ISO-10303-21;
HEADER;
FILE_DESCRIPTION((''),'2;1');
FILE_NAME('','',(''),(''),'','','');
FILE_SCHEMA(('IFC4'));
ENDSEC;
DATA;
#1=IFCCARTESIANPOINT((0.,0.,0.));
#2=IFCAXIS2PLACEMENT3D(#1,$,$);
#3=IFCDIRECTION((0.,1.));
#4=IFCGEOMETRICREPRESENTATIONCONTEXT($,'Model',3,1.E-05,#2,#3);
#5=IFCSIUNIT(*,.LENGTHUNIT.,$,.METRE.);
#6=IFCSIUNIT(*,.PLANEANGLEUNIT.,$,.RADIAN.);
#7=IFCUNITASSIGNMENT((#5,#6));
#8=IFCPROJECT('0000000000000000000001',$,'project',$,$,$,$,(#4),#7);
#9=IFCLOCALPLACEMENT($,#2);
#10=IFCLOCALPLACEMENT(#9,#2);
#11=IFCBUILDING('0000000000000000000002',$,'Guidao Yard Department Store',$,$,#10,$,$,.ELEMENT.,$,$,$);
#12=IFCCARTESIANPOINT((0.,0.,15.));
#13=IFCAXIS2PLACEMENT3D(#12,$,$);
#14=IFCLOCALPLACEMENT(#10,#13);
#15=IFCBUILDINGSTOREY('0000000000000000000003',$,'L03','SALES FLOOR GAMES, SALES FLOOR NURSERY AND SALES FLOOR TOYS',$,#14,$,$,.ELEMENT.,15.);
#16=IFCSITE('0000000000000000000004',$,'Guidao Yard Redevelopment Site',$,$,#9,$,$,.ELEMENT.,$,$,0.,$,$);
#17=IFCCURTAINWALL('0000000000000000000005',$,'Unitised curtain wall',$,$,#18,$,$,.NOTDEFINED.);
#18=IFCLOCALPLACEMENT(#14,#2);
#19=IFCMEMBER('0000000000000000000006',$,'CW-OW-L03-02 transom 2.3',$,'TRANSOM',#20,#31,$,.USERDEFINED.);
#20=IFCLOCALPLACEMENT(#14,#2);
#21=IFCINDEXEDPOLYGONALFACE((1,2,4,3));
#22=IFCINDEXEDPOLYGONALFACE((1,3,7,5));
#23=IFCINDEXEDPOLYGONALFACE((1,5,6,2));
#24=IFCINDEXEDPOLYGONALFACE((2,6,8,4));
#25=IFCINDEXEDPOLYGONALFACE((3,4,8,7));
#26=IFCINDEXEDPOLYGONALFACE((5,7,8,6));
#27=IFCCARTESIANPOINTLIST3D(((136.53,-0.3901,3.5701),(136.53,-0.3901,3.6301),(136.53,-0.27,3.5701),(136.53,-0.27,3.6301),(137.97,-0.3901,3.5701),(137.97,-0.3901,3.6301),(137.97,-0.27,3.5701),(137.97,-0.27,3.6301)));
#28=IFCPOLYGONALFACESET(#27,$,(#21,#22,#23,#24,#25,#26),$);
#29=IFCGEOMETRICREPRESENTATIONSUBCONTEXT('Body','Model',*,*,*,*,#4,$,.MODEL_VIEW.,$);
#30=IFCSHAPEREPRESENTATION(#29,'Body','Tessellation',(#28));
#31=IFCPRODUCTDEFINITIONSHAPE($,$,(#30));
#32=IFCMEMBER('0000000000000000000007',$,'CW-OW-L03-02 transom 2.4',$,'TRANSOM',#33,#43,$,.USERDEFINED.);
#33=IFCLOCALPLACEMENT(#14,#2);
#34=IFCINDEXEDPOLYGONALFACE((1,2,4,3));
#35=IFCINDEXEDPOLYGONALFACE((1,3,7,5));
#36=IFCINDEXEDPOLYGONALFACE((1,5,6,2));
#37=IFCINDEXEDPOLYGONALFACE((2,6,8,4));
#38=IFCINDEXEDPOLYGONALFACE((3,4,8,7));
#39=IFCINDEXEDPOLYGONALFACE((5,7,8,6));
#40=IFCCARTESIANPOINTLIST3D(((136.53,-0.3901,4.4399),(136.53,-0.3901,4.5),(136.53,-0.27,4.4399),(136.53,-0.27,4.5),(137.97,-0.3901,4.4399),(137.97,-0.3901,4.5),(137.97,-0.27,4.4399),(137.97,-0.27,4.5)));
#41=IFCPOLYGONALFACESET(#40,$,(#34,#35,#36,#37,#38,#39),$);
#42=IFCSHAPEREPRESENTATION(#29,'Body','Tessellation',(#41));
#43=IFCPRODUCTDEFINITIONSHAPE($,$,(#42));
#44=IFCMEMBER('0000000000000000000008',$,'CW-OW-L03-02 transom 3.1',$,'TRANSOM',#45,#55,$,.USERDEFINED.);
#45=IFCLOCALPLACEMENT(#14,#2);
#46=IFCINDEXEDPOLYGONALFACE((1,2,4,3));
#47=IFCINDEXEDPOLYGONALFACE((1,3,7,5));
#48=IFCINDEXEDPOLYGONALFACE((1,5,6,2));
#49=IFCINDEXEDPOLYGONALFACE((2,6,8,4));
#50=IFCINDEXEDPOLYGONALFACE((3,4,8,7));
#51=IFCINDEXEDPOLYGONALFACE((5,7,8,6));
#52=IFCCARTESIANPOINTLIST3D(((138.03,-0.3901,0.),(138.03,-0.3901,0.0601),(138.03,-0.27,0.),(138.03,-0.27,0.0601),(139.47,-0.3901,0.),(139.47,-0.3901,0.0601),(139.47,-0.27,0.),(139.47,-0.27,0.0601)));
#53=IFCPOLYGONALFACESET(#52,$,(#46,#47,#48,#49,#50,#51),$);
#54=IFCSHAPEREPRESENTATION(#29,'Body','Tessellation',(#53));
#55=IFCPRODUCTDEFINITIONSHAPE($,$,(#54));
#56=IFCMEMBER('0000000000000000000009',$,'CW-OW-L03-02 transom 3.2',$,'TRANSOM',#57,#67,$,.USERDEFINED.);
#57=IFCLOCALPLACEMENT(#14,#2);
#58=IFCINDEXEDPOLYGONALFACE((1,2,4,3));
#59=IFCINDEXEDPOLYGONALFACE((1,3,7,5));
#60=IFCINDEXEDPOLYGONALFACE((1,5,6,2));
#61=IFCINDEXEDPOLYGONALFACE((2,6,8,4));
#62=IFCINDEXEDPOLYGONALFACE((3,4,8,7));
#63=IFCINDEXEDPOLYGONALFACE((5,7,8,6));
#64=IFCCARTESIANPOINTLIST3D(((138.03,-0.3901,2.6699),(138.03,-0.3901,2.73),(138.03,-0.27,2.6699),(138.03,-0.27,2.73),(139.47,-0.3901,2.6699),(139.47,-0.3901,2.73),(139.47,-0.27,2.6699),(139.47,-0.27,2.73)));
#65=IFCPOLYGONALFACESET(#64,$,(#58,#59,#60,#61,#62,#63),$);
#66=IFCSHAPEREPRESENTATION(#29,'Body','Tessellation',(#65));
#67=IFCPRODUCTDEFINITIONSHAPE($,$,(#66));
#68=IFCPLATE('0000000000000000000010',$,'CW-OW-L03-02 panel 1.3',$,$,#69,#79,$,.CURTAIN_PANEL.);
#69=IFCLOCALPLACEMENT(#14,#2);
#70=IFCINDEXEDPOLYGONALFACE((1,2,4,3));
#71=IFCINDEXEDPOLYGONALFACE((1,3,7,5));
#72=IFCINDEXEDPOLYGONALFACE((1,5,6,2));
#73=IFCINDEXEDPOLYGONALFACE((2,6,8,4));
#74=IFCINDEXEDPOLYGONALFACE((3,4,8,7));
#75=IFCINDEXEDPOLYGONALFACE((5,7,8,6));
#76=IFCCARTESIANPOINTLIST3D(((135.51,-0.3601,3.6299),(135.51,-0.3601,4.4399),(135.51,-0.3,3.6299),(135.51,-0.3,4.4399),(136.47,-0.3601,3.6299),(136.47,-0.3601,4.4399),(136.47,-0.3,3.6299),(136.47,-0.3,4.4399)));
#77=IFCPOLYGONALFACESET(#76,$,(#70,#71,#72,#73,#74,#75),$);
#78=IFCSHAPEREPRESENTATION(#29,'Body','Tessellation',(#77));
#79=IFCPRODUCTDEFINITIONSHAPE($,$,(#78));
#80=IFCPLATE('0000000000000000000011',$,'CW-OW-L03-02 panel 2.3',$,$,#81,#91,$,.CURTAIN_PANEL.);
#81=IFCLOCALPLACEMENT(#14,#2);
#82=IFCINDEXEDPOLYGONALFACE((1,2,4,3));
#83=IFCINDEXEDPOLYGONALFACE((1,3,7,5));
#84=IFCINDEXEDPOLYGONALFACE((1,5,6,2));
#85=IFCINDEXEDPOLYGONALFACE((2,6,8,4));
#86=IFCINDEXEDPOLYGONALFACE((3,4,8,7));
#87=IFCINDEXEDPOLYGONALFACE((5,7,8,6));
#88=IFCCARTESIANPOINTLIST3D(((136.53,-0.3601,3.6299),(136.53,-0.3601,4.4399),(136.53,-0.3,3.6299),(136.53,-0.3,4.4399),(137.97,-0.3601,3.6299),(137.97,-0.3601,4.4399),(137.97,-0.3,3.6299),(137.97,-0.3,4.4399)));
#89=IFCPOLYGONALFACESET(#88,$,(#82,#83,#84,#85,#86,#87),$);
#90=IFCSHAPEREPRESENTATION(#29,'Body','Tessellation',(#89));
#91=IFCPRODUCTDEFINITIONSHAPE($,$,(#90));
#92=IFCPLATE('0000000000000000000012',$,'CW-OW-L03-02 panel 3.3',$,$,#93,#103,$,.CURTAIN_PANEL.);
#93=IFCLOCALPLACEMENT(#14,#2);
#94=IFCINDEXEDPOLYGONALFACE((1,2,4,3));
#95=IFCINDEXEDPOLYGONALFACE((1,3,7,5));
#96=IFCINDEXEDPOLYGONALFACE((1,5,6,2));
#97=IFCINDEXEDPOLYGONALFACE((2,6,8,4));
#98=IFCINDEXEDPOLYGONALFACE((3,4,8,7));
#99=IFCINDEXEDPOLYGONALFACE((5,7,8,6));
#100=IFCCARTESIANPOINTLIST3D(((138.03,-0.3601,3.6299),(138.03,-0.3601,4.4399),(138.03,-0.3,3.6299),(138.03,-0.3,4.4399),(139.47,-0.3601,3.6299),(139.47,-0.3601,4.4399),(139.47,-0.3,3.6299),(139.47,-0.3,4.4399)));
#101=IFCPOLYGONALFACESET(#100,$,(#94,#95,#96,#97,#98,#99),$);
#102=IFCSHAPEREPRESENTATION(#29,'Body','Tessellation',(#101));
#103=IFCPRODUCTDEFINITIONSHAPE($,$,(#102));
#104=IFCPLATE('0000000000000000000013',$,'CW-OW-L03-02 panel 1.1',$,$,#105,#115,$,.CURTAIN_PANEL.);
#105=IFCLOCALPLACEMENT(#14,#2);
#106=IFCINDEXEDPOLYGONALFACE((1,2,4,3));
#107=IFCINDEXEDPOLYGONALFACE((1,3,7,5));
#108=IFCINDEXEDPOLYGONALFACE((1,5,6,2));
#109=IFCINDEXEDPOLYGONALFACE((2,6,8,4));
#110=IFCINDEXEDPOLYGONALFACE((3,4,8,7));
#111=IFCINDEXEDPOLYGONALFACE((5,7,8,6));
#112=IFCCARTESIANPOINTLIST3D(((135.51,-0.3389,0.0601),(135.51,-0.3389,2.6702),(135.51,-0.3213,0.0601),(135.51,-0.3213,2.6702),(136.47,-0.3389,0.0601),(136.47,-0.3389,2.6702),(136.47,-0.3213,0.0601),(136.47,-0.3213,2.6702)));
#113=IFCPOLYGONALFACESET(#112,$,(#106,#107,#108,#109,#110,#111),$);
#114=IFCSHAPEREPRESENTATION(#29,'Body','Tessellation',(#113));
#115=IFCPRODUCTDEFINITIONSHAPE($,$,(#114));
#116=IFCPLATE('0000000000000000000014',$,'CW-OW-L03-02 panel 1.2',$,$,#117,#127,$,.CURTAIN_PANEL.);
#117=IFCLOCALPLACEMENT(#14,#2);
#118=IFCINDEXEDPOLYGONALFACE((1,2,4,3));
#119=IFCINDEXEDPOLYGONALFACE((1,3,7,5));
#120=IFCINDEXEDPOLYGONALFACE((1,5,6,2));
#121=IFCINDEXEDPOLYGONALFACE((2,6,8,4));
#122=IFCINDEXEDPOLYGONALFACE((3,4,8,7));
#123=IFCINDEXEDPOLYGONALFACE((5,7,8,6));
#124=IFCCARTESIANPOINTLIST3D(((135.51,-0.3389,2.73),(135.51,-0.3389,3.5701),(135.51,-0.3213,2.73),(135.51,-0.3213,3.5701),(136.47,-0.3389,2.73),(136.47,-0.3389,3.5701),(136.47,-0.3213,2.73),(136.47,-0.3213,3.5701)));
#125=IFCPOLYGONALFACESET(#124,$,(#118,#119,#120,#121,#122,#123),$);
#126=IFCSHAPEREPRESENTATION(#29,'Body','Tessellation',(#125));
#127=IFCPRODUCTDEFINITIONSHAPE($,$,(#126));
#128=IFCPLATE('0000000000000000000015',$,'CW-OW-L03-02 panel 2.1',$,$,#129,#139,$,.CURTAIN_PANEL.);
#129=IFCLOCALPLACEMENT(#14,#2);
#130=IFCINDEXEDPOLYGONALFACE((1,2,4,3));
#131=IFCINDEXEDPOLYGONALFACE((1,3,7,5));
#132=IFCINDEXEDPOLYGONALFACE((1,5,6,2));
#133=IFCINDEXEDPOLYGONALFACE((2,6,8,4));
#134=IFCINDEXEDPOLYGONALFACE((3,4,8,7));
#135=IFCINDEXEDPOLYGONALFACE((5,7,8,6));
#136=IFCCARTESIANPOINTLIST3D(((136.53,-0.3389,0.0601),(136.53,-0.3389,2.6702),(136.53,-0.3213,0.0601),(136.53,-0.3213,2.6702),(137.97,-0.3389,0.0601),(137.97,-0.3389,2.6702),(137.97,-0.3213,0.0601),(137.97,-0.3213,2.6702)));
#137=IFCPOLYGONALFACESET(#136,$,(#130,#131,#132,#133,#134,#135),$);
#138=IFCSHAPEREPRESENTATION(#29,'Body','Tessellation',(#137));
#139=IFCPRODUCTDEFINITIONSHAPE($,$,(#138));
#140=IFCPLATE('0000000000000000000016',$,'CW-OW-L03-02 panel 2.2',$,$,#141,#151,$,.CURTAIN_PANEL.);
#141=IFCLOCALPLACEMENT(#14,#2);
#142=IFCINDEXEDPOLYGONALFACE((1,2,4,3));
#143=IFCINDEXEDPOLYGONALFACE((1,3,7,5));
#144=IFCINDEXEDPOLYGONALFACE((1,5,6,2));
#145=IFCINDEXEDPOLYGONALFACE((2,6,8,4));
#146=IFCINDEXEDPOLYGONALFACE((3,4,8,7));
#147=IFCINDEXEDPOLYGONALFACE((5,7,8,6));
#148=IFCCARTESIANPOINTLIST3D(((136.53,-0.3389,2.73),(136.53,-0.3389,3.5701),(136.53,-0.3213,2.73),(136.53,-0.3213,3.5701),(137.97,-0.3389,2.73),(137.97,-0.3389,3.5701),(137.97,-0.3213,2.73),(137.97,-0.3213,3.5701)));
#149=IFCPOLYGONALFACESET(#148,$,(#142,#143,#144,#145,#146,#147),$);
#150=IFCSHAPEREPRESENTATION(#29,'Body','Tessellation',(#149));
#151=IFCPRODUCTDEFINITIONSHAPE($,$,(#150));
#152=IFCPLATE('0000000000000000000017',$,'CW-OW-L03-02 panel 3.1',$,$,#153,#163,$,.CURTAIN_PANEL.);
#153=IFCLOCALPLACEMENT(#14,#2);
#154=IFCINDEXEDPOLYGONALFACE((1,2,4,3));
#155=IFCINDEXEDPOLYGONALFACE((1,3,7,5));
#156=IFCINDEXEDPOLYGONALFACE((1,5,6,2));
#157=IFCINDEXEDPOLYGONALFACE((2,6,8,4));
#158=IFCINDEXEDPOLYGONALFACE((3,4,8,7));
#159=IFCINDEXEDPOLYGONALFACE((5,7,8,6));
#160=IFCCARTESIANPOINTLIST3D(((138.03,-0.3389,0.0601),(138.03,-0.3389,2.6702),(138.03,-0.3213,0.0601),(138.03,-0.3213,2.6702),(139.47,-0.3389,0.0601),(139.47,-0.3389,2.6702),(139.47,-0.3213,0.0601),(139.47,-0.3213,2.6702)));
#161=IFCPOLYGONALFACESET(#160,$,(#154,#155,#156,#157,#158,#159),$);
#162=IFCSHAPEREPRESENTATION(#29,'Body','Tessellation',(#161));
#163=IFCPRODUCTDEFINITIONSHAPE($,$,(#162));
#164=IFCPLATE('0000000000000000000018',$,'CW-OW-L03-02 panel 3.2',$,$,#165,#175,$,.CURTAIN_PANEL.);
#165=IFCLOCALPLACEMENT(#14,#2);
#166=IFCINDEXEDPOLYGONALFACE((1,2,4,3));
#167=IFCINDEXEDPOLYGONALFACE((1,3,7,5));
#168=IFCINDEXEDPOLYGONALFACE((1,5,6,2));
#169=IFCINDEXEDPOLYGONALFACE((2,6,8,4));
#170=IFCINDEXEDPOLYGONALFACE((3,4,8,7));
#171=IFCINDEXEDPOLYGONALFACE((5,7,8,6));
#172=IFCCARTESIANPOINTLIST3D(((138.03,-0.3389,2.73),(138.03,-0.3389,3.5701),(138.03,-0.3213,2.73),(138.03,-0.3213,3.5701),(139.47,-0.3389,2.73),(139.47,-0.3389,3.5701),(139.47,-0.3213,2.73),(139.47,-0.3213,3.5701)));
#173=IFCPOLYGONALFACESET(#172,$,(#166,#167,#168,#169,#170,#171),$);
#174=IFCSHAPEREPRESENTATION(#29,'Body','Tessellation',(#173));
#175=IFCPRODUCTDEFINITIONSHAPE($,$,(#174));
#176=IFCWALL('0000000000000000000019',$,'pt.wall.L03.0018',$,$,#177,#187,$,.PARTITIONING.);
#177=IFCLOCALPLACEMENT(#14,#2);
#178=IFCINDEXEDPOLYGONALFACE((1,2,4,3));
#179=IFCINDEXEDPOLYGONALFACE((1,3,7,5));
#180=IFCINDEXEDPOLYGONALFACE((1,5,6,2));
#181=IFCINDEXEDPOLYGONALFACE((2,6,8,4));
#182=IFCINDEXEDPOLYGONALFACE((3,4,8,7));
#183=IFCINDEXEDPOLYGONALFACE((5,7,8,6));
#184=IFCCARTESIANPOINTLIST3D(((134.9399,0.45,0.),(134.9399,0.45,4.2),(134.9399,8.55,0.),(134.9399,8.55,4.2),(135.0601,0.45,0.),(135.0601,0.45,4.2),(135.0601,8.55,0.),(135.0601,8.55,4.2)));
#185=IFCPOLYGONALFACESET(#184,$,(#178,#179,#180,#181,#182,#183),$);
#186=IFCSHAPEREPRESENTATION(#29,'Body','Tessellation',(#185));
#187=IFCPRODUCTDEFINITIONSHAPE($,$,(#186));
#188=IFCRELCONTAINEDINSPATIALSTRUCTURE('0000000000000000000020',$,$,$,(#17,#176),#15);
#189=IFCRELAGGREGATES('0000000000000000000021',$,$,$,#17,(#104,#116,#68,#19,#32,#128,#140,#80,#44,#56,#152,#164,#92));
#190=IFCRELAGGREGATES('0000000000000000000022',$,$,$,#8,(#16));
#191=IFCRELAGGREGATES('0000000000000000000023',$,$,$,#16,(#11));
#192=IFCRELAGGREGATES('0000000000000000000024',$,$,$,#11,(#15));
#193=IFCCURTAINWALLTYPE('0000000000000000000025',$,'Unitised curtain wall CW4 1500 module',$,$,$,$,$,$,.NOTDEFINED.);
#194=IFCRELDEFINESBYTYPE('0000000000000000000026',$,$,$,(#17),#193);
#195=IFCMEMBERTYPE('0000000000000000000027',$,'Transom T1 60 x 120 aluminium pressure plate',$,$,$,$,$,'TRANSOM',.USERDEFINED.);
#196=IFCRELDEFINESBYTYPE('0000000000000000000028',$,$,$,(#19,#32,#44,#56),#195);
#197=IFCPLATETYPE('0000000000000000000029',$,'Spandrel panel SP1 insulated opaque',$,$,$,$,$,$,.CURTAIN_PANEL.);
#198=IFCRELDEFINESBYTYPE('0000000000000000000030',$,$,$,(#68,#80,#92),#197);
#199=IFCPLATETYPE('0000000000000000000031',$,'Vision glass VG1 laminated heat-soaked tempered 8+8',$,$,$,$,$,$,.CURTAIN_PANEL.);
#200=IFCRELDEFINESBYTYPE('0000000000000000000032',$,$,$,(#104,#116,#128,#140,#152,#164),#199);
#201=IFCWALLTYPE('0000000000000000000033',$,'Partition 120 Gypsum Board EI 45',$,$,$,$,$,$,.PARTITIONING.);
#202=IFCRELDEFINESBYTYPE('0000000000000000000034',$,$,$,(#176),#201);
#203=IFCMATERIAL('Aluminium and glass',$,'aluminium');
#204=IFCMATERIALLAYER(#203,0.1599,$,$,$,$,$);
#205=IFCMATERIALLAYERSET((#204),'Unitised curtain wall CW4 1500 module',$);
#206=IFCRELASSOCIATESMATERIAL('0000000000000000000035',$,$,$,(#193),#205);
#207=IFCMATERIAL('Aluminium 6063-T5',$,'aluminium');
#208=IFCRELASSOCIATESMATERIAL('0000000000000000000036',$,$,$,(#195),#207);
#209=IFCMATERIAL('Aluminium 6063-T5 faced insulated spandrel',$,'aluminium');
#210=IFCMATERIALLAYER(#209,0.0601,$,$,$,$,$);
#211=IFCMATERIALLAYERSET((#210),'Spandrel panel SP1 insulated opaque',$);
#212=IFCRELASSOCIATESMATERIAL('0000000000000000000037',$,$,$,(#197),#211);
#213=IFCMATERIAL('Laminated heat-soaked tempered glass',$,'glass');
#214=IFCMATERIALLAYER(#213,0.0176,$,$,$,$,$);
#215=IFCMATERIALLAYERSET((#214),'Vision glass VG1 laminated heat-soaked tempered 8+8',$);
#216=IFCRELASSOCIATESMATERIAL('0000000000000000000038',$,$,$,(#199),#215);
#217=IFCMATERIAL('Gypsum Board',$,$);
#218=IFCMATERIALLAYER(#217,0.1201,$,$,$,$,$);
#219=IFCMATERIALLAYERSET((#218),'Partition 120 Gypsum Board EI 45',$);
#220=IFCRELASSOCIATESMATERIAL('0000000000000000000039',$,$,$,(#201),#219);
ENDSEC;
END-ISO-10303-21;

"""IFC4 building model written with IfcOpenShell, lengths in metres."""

from ifc_helpers import new_model, si_unit, direction, frame, frame_2d, origin, origin_2d, place, context, subcontext, project, spatial, rectangle, extrude, material, layer, layer_set, material_profile, profile_set, type_object, element, aggregate, save


model = new_model("IFC4")

# Units and contexts
model_context = context("Model", 3, precision=1e-05, world=origin(), true_north=direction((0.0, 1.0)))
body_context = subcontext(model_context, "Body", "Model", "MODEL_VIEW")
ifc_project = project(units=[si_unit("LENGTHUNIT", "METRE"), si_unit("PLANEANGLEUNIT", "RADIAN")], contexts=[model_context])

# Site, building, storey
site_placement = place(None, origin())
site = spatial("IfcSite", under=ifc_project, at=site_placement, Name="Guidao Yard Redevelopment Site", CompositionType="ELEMENT", RefElevation=0.0)
building_placement = place(site_placement, origin())
building = spatial("IfcBuilding", under=site, at=building_placement, Name="Guidao Yard Department Store", CompositionType="ELEMENT")
storey_placement = place(building_placement, frame((0.0, 0.0, 15.0)))
storey = spatial("IfcBuildingStorey", under=building, at=storey_placement, Name="L03", Description="SALES FLOOR GAMES, SALES FLOOR NURSERY AND SALES FLOOR TOYS", CompositionType="ELEMENT", Elevation=15.0)

# Shared definitions
ifc_material_1 = material(Name="Aluminium and glass", Category="aluminium")
ifc_layer_1 = layer(ifc_material_1, 0.1599)
ifc_layer_set_1 = layer_set([ifc_layer_1], Name="Unitised curtain wall CW4 1500 module")
curtain_wall_type = type_object("IfcCurtainWallType", Name="Unitised curtain wall CW4 1500 module", PredefinedType="NOTDEFINED", material=ifc_layer_set_1)

# Curtain wall
curtain_wall_1_placement = place(storey_placement, origin())
curtain_wall_1 = element("IfcCurtainWall", 1, at=curtain_wall_1_placement, inside=storey, type_object=curtain_wall_type, Name="Unitised curtain wall", PredefinedType="NOTDEFINED")

# Members
ifc_material_2 = material(Name="Aluminium 6063-T5", Category="aluminium")
ifc_material_profile_1 = material_profile(ifc_material_2, rectangle(XDim=0.1201, YDim=0.0601, at=origin_2d()), Name="Transom T1 60 x 120 aluminium pressure plate")
ifc_profile_set_1 = profile_set([ifc_material_profile_1], Name="Aluminium 6063-T5")
member_type_1 = type_object("IfcMemberType", Name="Transom T1 60 x 120 aluminium pressure plate", ElementType="TRANSOM", PredefinedType="USERDEFINED", material=ifc_profile_set_1)
member_1_placement = place(storey_placement, frame((137.97, -0.3301, 3.6001), z_axis=(-1.0, 0.0, 0.0), x_axis=(0.0, -1.0, 0.0)))
member_1 = element("IfcMember", 2, at=member_1_placement, type_object=member_type_1, Name="CW-OW-L03-02 transom 2.3", ObjectType="TRANSOM", PredefinedType="USERDEFINED", context=body_context, shape_type="SweptSolid", body=[
    extrude(rectangle(XDim=0.1201, YDim=0.0601, at=origin_2d()), origin(), (0.0, 0.0, 1.0), 1.4399),
])
member_2_placement = place(storey_placement, frame((137.97, -0.3301, 4.47), z_axis=(-1.0, 0.0, 0.0), x_axis=(0.0, -1.0, 0.0)))
member_2 = element("IfcMember", 3, at=member_2_placement, type_object=member_type_1, Name="CW-OW-L03-02 transom 2.4", ObjectType="TRANSOM", PredefinedType="USERDEFINED", context=body_context, shape_type="SweptSolid", body=[
    extrude(rectangle(XDim=0.1201, YDim=0.0601, at=origin_2d()), origin(), (0.0, 0.0, 1.0), 1.4399),
])
member_3_placement = place(storey_placement, frame((139.47, -0.3301, 0.03), z_axis=(-1.0, 0.0, 0.0), x_axis=(0.0, -1.0, 0.0)))
member_3 = element("IfcMember", 4, at=member_3_placement, type_object=member_type_1, Name="CW-OW-L03-02 transom 3.1", ObjectType="TRANSOM", PredefinedType="USERDEFINED", context=body_context, shape_type="SweptSolid", body=[
    extrude(rectangle(XDim=0.1201, YDim=0.0601, at=origin_2d()), origin(), (0.0, 0.0, 1.0), 1.4399),
])
member_4_placement = place(storey_placement, frame((139.47, -0.3301, 2.7), z_axis=(-1.0, 0.0, 0.0), x_axis=(0.0, -1.0, 0.0)))
member_4 = element("IfcMember", 5, at=member_4_placement, type_object=member_type_1, Name="CW-OW-L03-02 transom 3.2", ObjectType="TRANSOM", PredefinedType="USERDEFINED", context=body_context, shape_type="SweptSolid", body=[
    extrude(rectangle(XDim=0.1201, YDim=0.0601, at=origin_2d()), origin(), (0.0, 0.0, 1.0), 1.4399),
])

# Plates
ifc_material_3 = material(Name="Aluminium 6063-T5 faced insulated spandrel", Category="aluminium")
ifc_layer_2 = layer(ifc_material_3, 0.0601)
ifc_layer_set_2 = layer_set([ifc_layer_2], Name="Spandrel panel SP1 insulated opaque")
plate_type_1 = type_object("IfcPlateType", Name="Spandrel panel SP1 insulated opaque", PredefinedType="CURTAIN_PANEL", material=ifc_layer_set_2)
plate_1_placement = place(storey_placement, frame((135.99, -0.3301, 3.6299), z_axis=(0.0, 0.0, 1.0), x_axis=(-1.0, 0.0, 0.0)))
plate_1 = element("IfcPlate", 6, at=plate_1_placement, type_object=plate_type_1, Name="CW-OW-L03-02 panel 1.3", PredefinedType="CURTAIN_PANEL", context=body_context, shape_type="SweptSolid", body=[
    extrude(rectangle(XDim=0.96, YDim=0.0601, at=origin_2d()), origin(), (0.0, 0.0, 1.0), 0.8101),
])
plate_2_placement = place(storey_placement, frame((137.25, -0.3301, 3.6299), z_axis=(0.0, 0.0, 1.0), x_axis=(-1.0, 0.0, 0.0)))
plate_2 = element("IfcPlate", 7, at=plate_2_placement, type_object=plate_type_1, Name="CW-OW-L03-02 panel 2.3", PredefinedType="CURTAIN_PANEL", context=body_context, shape_type="SweptSolid", body=[
    extrude(rectangle(XDim=1.4399, YDim=0.0601, at=origin_2d()), origin(), (0.0, 0.0, 1.0), 0.8101),
])
plate_3_placement = place(storey_placement, frame((138.75, -0.3301, 3.6299), z_axis=(0.0, 0.0, 1.0), x_axis=(-1.0, 0.0, 0.0)))
plate_3 = element("IfcPlate", 8, at=plate_3_placement, type_object=plate_type_1, Name="CW-OW-L03-02 panel 3.3", PredefinedType="CURTAIN_PANEL", context=body_context, shape_type="SweptSolid", body=[
    extrude(rectangle(XDim=1.4399, YDim=0.0601, at=origin_2d()), origin(), (0.0, 0.0, 1.0), 0.8101),
])
ifc_material_4 = material(Name="Laminated heat-soaked tempered glass", Category="glass")
ifc_layer_3 = layer(ifc_material_4, 0.0176)
ifc_layer_set_3 = layer_set([ifc_layer_3], Name="Vision glass VG1 laminated heat-soaked tempered 8+8")
plate_type_2 = type_object("IfcPlateType", Name="Vision glass VG1 laminated heat-soaked tempered 8+8", PredefinedType="CURTAIN_PANEL", material=ifc_layer_set_3)
plate_4_placement = place(storey_placement, frame((135.99, -0.3301, 0.0601), z_axis=(0.0, 0.0, 1.0), x_axis=(-1.0, 0.0, 0.0)))
plate_4 = element("IfcPlate", 9, at=plate_4_placement, type_object=plate_type_2, Name="CW-OW-L03-02 panel 1.1", PredefinedType="CURTAIN_PANEL", context=body_context, shape_type="SweptSolid", body=[
    extrude(rectangle(XDim=0.96, YDim=0.0176, at=origin_2d()), origin(), (0.0, 0.0, 1.0), 2.6101),
])
plate_5_placement = place(storey_placement, frame((135.99, -0.3301, 2.73), z_axis=(0.0, 0.0, 1.0), x_axis=(-1.0, 0.0, 0.0)))
plate_5 = element("IfcPlate", 10, at=plate_5_placement, type_object=plate_type_2, Name="CW-OW-L03-02 panel 1.2", PredefinedType="CURTAIN_PANEL", context=body_context, shape_type="SweptSolid", body=[
    extrude(rectangle(XDim=0.96, YDim=0.0176, at=origin_2d()), origin(), (0.0, 0.0, 1.0), 0.8401),
])
plate_6_placement = place(storey_placement, frame((137.25, -0.3301, 0.0601), z_axis=(0.0, 0.0, 1.0), x_axis=(-1.0, 0.0, 0.0)))
plate_6 = element("IfcPlate", 11, at=plate_6_placement, type_object=plate_type_2, Name="CW-OW-L03-02 panel 2.1", PredefinedType="CURTAIN_PANEL", context=body_context, shape_type="SweptSolid", body=[
    extrude(rectangle(XDim=1.4399, YDim=0.0176, at=origin_2d()), origin(), (0.0, 0.0, 1.0), 2.6101),
])
plate_7_placement = place(storey_placement, frame((137.25, -0.3301, 2.73), z_axis=(0.0, 0.0, 1.0), x_axis=(-1.0, 0.0, 0.0)))
plate_7 = element("IfcPlate", 12, at=plate_7_placement, type_object=plate_type_2, Name="CW-OW-L03-02 panel 2.2", PredefinedType="CURTAIN_PANEL", context=body_context, shape_type="SweptSolid", body=[
    extrude(rectangle(XDim=1.4399, YDim=0.0176, at=origin_2d()), origin(), (0.0, 0.0, 1.0), 0.8401),
])
plate_8_placement = place(storey_placement, frame((138.75, -0.3301, 0.0601), z_axis=(0.0, 0.0, 1.0), x_axis=(-1.0, 0.0, 0.0)))
plate_8 = element("IfcPlate", 13, at=plate_8_placement, type_object=plate_type_2, Name="CW-OW-L03-02 panel 3.1", PredefinedType="CURTAIN_PANEL", context=body_context, shape_type="SweptSolid", body=[
    extrude(rectangle(XDim=1.4399, YDim=0.0176, at=origin_2d()), origin(), (0.0, 0.0, 1.0), 2.6101),
])
plate_9_placement = place(storey_placement, frame((138.75, -0.3301, 2.73), z_axis=(0.0, 0.0, 1.0), x_axis=(-1.0, 0.0, 0.0)))
plate_9 = element("IfcPlate", 14, at=plate_9_placement, type_object=plate_type_2, Name="CW-OW-L03-02 panel 3.2", PredefinedType="CURTAIN_PANEL", context=body_context, shape_type="SweptSolid", body=[
    extrude(rectangle(XDim=1.4399, YDim=0.0176, at=origin_2d()), origin(), (0.0, 0.0, 1.0), 0.8401),
])
aggregate(curtain_wall_1, [plate_4, plate_5, plate_1, member_1, member_2, plate_6, plate_7, plate_2, member_3, member_4, plate_8, plate_9, plate_3])

# Wall
ifc_material_5 = material(Name="Gypsum Board")
ifc_layer_4 = layer(ifc_material_5, 0.1201)
ifc_layer_set_4 = layer_set([ifc_layer_4], Name="Partition 120 Gypsum Board EI 45")
wall_type = type_object("IfcWallType", Name="Partition 120 Gypsum Board EI 45", PredefinedType="PARTITIONING", material=ifc_layer_set_4)
wall_placement = place(storey_placement, frame((135.0, 0.45, 0.0), z_axis=(0.0, 0.0, 1.0), x_axis=(0.0, 1.0, 0.0)))
element("IfcWall", 15, at=wall_placement, inside=storey, type_object=wall_type, Name="pt.wall.L03.0018", PredefinedType="PARTITIONING", context=body_context, shape_type="SweptSolid", body=[
    extrude(rectangle(XDim=8.1001, YDim=0.1201, at=frame_2d((4.05, 0.0))), origin(), (0.0, 0.0, 1.0), 4.2),
])

save(model, "model.ifc")
